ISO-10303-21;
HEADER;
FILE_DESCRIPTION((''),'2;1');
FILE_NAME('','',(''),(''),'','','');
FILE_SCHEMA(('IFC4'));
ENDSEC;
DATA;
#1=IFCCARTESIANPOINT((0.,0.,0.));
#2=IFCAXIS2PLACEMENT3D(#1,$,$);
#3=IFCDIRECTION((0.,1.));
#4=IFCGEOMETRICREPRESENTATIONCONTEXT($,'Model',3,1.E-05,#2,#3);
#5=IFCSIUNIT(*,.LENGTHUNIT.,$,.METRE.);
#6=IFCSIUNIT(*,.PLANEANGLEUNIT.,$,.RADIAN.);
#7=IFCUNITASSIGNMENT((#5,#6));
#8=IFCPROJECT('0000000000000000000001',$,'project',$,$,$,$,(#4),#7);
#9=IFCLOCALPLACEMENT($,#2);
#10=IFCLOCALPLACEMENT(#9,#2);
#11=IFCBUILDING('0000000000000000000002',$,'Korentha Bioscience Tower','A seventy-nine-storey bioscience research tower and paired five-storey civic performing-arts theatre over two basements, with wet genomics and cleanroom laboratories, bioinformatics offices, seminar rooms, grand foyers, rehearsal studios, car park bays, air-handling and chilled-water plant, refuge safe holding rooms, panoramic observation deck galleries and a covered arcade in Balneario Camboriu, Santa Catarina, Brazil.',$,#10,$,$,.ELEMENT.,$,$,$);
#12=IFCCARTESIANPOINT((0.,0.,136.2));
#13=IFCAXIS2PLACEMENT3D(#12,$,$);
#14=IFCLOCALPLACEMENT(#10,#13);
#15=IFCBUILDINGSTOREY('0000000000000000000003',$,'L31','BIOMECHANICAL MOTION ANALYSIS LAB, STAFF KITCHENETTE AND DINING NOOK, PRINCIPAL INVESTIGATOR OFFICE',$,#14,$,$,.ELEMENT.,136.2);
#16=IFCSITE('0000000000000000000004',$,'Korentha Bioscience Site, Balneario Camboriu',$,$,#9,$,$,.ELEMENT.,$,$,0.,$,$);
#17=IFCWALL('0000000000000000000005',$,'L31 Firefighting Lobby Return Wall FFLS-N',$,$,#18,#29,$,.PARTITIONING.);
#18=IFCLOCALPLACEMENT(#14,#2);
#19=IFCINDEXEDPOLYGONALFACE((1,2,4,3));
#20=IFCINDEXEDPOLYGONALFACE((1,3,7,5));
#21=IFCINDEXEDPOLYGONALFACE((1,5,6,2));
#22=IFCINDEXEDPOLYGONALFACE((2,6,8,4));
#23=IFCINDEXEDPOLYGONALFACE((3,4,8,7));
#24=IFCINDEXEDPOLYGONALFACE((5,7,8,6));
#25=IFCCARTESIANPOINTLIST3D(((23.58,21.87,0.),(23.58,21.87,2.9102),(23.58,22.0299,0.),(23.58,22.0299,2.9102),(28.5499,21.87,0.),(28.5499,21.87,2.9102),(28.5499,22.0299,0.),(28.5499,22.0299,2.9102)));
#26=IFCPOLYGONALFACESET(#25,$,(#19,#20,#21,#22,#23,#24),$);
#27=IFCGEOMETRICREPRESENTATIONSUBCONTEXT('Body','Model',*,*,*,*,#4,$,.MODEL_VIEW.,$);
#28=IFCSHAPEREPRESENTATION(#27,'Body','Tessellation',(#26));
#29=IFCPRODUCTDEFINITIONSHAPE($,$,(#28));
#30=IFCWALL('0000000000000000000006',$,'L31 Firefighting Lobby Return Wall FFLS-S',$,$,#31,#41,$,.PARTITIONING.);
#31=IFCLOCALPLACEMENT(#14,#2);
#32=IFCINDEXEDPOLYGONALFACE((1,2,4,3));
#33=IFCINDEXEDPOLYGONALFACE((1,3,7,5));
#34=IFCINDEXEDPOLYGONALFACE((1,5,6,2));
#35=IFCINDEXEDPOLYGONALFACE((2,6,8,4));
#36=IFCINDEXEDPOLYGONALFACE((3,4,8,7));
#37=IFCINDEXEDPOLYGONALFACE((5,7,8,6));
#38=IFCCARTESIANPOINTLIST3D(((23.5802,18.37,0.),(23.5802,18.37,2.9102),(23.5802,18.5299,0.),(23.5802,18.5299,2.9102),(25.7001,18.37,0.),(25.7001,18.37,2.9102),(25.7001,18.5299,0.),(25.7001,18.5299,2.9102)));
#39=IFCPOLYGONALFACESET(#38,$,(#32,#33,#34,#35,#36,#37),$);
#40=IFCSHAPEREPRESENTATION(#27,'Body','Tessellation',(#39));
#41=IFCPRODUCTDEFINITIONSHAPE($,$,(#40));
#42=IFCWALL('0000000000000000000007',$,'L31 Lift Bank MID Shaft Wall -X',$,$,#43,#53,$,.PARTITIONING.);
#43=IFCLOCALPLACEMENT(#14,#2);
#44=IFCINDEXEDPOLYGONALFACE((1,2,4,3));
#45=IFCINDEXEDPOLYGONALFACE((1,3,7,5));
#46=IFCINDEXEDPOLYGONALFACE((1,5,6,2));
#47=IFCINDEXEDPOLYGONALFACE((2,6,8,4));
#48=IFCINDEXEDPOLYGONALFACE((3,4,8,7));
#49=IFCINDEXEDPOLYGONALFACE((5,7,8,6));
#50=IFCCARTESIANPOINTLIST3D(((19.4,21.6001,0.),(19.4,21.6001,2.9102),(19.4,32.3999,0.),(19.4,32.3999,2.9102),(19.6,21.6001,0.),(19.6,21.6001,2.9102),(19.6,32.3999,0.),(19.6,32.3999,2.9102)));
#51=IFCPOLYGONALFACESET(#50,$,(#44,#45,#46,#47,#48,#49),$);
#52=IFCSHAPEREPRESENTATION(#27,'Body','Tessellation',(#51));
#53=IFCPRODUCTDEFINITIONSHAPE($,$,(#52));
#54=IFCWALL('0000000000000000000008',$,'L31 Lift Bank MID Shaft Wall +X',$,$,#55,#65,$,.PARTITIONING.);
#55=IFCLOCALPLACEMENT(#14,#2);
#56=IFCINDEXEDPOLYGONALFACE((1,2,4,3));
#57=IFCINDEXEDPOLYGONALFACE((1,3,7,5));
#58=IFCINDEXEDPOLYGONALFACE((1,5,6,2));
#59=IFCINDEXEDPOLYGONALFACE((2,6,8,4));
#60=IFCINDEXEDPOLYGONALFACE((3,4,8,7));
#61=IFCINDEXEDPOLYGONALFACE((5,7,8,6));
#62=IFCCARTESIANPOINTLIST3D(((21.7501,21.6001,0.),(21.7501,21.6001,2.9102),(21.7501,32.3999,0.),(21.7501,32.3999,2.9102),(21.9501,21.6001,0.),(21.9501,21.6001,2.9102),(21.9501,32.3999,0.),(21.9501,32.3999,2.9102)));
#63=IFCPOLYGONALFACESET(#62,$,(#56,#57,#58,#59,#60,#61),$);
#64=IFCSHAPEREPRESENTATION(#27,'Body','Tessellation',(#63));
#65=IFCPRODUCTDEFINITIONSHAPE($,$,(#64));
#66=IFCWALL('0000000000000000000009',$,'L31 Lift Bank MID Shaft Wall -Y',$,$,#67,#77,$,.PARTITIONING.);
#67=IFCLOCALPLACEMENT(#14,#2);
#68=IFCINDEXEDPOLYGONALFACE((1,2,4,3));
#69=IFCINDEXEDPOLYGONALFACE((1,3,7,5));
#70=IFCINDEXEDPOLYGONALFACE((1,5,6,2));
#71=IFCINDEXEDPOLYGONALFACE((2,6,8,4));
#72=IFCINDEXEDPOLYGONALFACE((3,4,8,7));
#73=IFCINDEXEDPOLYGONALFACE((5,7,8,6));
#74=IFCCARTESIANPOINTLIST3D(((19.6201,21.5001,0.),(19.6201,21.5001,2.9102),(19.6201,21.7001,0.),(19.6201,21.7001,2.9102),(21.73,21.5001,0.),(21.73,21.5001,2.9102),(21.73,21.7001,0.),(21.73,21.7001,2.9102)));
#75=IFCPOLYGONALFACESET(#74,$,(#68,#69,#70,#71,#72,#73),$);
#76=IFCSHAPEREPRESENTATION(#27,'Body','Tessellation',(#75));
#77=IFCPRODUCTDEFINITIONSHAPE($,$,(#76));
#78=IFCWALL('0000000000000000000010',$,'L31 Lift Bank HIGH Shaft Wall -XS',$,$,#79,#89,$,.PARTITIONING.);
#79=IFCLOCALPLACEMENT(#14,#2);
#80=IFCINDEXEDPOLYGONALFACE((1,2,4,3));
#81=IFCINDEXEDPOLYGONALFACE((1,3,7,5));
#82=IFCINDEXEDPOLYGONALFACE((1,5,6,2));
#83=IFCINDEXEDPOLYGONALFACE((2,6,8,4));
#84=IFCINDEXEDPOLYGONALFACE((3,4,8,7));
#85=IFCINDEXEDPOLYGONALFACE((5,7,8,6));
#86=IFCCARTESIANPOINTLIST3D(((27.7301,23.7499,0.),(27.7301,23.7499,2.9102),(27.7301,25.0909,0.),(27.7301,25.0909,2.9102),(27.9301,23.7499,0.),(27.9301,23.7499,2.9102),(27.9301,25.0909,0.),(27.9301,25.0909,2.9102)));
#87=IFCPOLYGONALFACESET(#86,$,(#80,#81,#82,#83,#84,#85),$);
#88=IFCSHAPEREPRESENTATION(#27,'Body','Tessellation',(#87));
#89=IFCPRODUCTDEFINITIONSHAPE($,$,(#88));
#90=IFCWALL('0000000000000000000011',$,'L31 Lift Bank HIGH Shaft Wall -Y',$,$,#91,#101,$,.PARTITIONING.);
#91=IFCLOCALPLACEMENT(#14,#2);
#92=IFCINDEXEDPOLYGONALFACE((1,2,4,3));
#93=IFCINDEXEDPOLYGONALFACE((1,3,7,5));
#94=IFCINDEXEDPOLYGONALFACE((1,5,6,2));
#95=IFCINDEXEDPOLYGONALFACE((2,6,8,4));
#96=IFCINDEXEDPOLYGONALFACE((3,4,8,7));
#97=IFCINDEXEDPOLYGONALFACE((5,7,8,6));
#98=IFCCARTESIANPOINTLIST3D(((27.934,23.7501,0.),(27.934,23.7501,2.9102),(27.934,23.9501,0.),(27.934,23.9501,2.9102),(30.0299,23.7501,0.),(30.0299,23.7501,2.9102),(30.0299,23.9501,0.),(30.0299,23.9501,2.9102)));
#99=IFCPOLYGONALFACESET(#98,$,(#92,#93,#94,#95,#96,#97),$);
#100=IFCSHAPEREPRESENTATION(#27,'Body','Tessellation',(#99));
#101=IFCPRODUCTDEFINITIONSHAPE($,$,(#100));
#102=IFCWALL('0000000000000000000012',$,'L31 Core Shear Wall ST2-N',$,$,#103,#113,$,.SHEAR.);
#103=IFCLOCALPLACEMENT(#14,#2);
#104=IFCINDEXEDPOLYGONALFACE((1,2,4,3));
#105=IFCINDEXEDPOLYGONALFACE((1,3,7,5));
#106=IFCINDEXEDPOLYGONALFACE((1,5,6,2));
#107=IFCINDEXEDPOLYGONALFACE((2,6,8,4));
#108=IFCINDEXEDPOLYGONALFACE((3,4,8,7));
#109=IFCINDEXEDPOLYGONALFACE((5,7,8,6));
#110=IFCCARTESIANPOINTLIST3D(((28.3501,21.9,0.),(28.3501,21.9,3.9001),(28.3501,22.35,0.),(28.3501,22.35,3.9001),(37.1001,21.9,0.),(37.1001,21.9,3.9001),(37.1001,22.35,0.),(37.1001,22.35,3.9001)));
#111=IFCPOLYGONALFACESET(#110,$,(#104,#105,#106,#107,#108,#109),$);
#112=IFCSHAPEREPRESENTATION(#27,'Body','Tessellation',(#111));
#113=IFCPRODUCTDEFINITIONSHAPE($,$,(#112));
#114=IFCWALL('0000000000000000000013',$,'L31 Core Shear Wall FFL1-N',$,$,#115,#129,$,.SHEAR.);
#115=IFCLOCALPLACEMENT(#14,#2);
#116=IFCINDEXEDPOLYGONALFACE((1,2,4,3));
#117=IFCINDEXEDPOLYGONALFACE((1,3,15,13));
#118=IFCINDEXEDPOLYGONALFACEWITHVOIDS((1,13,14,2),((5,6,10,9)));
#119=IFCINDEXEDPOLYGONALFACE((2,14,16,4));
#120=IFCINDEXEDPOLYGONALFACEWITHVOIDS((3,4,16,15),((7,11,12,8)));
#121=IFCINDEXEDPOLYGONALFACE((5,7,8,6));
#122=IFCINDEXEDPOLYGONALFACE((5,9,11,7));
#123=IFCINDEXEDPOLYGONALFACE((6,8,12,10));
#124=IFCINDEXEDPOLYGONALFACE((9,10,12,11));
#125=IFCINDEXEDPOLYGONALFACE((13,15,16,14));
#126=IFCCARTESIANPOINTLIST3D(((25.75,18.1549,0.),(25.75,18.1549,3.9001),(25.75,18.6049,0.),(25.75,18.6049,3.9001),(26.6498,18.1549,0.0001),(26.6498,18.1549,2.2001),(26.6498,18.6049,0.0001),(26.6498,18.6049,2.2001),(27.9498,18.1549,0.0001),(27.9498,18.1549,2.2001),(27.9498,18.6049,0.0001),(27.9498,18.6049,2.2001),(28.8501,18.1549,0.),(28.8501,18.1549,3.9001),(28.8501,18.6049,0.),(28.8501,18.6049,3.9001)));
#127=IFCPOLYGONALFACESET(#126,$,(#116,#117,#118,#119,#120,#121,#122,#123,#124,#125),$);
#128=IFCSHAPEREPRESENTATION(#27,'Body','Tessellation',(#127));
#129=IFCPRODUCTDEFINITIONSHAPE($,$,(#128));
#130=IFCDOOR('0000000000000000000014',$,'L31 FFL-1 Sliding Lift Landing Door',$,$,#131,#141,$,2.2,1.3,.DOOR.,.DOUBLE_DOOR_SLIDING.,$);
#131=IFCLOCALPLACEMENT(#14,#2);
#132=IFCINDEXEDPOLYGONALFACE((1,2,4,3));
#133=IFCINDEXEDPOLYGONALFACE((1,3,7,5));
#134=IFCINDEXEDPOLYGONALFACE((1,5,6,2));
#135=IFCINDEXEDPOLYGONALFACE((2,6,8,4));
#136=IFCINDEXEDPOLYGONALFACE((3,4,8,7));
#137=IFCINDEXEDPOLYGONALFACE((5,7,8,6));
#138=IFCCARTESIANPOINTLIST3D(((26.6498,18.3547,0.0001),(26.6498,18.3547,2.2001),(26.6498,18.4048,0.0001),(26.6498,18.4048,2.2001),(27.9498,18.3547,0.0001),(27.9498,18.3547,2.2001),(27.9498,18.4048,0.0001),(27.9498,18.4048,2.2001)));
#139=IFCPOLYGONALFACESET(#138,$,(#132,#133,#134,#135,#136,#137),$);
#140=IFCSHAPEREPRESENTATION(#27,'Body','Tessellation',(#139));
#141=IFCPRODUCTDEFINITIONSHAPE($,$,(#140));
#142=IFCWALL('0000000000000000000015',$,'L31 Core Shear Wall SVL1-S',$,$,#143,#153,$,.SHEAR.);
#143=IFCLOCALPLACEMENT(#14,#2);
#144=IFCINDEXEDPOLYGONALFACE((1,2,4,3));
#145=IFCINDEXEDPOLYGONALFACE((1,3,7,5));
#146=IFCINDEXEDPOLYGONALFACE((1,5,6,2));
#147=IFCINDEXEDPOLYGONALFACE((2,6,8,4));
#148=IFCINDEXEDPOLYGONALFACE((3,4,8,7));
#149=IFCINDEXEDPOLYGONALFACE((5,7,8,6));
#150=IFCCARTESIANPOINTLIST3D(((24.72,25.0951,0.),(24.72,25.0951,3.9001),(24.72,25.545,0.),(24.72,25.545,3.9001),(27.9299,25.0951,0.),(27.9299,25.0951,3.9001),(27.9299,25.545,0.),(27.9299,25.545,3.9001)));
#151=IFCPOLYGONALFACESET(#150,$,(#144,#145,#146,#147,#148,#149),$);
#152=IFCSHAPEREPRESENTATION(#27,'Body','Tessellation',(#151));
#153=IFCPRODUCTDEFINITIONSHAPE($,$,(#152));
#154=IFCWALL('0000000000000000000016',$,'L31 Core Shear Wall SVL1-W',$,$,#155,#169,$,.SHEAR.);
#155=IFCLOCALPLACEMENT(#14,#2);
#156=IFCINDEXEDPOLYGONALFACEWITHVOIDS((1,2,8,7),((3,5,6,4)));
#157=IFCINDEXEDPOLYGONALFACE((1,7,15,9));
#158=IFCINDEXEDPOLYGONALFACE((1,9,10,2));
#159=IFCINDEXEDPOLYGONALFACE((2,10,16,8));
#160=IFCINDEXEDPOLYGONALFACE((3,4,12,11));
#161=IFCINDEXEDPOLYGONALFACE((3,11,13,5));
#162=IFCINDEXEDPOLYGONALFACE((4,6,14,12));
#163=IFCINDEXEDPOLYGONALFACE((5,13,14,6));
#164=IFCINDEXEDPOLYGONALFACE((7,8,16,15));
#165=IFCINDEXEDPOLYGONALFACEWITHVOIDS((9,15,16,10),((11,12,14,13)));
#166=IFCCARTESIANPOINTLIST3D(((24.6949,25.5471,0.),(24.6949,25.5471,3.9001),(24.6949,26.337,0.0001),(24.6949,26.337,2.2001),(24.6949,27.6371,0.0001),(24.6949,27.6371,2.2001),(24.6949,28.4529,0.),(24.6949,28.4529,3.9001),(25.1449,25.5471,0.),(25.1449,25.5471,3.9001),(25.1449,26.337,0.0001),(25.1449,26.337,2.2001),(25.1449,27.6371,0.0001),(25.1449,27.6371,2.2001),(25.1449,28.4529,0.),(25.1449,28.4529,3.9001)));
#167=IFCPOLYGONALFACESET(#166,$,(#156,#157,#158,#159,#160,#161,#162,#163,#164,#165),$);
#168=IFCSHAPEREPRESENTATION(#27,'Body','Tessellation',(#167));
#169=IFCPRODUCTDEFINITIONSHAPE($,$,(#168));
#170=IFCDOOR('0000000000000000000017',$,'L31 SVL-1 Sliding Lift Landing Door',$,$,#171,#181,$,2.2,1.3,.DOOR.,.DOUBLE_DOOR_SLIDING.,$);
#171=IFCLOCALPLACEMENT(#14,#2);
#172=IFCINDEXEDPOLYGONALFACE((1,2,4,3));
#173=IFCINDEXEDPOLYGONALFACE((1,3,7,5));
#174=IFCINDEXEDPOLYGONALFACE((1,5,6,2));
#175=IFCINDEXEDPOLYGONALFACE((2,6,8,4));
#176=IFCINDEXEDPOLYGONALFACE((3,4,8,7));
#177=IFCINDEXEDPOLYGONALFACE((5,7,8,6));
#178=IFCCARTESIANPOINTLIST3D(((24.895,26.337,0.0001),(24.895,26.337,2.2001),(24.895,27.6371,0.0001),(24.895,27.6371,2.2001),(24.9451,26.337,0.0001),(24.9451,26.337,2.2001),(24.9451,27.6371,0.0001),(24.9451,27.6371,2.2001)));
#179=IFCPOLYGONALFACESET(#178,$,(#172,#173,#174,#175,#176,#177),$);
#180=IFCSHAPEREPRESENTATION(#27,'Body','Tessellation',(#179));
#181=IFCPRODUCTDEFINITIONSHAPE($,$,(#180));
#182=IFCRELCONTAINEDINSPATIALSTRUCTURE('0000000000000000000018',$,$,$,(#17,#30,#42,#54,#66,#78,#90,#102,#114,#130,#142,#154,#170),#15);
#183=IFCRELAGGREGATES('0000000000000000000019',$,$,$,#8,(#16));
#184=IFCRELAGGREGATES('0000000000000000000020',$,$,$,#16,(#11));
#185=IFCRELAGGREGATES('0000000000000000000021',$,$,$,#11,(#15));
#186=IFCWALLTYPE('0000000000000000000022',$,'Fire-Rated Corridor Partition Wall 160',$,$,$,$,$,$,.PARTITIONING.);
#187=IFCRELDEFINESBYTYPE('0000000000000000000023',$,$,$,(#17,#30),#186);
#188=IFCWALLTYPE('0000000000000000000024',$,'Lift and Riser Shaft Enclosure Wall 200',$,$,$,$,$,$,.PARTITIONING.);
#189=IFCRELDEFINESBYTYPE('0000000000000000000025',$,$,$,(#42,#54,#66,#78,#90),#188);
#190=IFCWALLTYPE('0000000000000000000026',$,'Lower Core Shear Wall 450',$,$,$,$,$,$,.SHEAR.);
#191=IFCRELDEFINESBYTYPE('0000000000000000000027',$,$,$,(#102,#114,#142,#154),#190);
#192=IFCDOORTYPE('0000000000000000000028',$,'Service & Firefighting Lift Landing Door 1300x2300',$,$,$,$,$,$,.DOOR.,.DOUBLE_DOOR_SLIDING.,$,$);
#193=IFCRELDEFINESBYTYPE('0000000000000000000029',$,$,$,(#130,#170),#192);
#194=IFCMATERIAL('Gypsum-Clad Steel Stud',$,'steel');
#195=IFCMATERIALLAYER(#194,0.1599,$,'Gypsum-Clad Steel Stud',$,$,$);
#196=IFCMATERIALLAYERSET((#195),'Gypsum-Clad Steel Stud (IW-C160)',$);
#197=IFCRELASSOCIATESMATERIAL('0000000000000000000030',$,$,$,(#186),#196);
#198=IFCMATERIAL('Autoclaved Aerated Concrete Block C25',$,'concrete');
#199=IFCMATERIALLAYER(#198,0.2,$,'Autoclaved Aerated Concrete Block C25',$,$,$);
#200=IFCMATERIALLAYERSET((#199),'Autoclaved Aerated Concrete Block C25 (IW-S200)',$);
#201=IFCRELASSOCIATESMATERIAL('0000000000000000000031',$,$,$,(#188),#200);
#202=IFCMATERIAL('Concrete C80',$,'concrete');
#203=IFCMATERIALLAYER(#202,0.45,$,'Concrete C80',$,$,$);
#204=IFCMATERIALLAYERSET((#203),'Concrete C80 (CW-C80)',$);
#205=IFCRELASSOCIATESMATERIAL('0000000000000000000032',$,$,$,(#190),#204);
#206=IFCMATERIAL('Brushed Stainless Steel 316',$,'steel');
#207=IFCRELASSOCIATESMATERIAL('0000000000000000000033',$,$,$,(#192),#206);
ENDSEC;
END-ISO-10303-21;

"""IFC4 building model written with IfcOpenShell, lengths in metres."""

from ifc_helpers import new_model, si_unit, direction, frame, frame_2d, origin, place, context, subcontext, project, spatial, rectangle, extrude, material, layer, layer_set, type_object, element, fill, save


model = new_model("IFC4")

# Units and contexts
model_context = context("Model", 3, precision=1e-05, world=origin(), true_north=direction((0.0, 1.0)))
body_context = subcontext(model_context, "Body", "Model", "MODEL_VIEW")
ifc_project = project(units=[si_unit("LENGTHUNIT", "METRE"), si_unit("PLANEANGLEUNIT", "RADIAN")], contexts=[model_context])

# Site, building, storey
site_placement = place(None, origin())
site = spatial("IfcSite", under=ifc_project, at=site_placement, Name="Korentha Bioscience Site, Balneario Camboriu", CompositionType="ELEMENT", RefElevation=0.0)
building_placement = place(site_placement, origin())
building = spatial("IfcBuilding", under=site, at=building_placement, Name="Korentha Bioscience Tower", Description="A seventy-nine-storey bioscience research tower and paired five-storey civic performing-arts theatre over two basements, with wet genomics and cleanroom laboratories, bioinformatics offices, seminar rooms, grand foyers, rehearsal studios, car park bays, air-handling and chilled-water plant, refuge safe holding rooms, panoramic observation deck galleries and a covered arcade in Balneario Camboriu, Santa Catarina, Brazil.", CompositionType="ELEMENT")
storey_placement = place(building_placement, frame((0.0, 0.0, 136.2)))
storey = spatial("IfcBuildingStorey", under=building, at=storey_placement, Name="L31", Description="BIOMECHANICAL MOTION ANALYSIS LAB, STAFF KITCHENETTE AND DINING NOOK, PRINCIPAL INVESTIGATOR OFFICE", CompositionType="ELEMENT", Elevation=136.2)

# Shared definitions
ifc_material_1 = material(Name="Concrete C80", Category="concrete")

# Shared definitions
ifc_material_2 = material(Name="Gypsum-Clad Steel Stud", Category="steel")
ifc_layer_1 = layer(ifc_material_2, 0.1599, Name="Gypsum-Clad Steel Stud")
ifc_layer_set_1 = layer_set([ifc_layer_1], Name="Gypsum-Clad Steel Stud (IW-C160)")
wall_type_1 = type_object("IfcWallType", Name="Fire-Rated Corridor Partition Wall 160", PredefinedType="PARTITIONING", material=ifc_layer_set_1)

# Walls
wall_1_placement = place(storey_placement, frame((23.5801, 21.95, 0.0), z_axis=(0.0, 0.0, 1.0), x_axis=(1.0, 0.0, 0.0)))
element("IfcWall", 1, at=wall_1_placement, inside=storey, type_object=wall_type_1, Name="L31 Firefighting Lobby Return Wall FFLS-N", PredefinedType="PARTITIONING", context=body_context, shape_type="SweptSolid", body=[
    extrude(rectangle(XDim=4.97, YDim=0.1599, at=frame_2d((2.4849, 0.0))), origin(), (0.0, 0.0, 1.0), 2.9102),
])
wall_2_placement = place(storey_placement, frame((23.5801, 18.45, 0.0), z_axis=(0.0, 0.0, 1.0), x_axis=(1.0, 0.0, 0.0)))
element("IfcWall", 2, at=wall_2_placement, inside=storey, type_object=wall_type_1, Name="L31 Firefighting Lobby Return Wall FFLS-S", PredefinedType="PARTITIONING", context=body_context, shape_type="SweptSolid", body=[
    extrude(rectangle(XDim=2.1199, YDim=0.1599, at=frame_2d((1.0601, 0.0))), origin(), (0.0, 0.0, 1.0), 2.9102),
])
ifc_material_3 = material(Name="Autoclaved Aerated Concrete Block C25", Category="concrete")
ifc_layer_2 = layer(ifc_material_3, 0.2, Name="Autoclaved Aerated Concrete Block C25")
ifc_layer_set_2 = layer_set([ifc_layer_2], Name="Autoclaved Aerated Concrete Block C25 (IW-S200)")
wall_type_2 = type_object("IfcWallType", Name="Lift and Riser Shaft Enclosure Wall 200", PredefinedType="PARTITIONING", material=ifc_layer_set_2)
for number, where, z_axis, x_axis, name in (
    (3, (19.5, 21.6001, 0.0), (0.0, 0.0, 1.0), (0.0, 1.0, 0.0), "L31 Lift Bank MID Shaft Wall -X"),
    (4, (21.8501, 21.6001, 0.0), (0.0, 0.0, 1.0), (0.0, 1.0, 0.0), "L31 Lift Bank MID Shaft Wall +X"),
):
    element("IfcWall", number, at=place(storey_placement, frame(where, z_axis=z_axis, x_axis=x_axis)), inside=storey, type_object=wall_type_2, Name=name, PredefinedType="PARTITIONING", context=body_context, shape_type="SweptSolid", body=[
        extrude(rectangle(XDim=10.7998, YDim=0.2, at=frame_2d((5.3999, 0.0))), origin(), (0.0, 0.0, 1.0), 2.9102),
    ])
wall_3_placement = place(storey_placement, frame((19.6201, 21.6001, 0.0), z_axis=(0.0, 0.0, 1.0), x_axis=(1.0, 0.0, 0.0)))
element("IfcWall", 5, at=wall_3_placement, inside=storey, type_object=wall_type_2, Name="L31 Lift Bank MID Shaft Wall -Y", PredefinedType="PARTITIONING", context=body_context, shape_type="SweptSolid", body=[
    extrude(rectangle(XDim=2.1099, YDim=0.2, at=frame_2d((1.0549, 0.0))), origin(), (0.0, 0.0, 1.0), 2.9102),
])
wall_4_placement = place(storey_placement, frame((27.8301, 23.75, 0.0), z_axis=(0.0, 0.0, 1.0), x_axis=(0.0, 1.0, 0.0)))
element("IfcWall", 6, at=wall_4_placement, inside=storey, type_object=wall_type_2, Name="L31 Lift Bank HIGH Shaft Wall -XS", PredefinedType="PARTITIONING", context=body_context, shape_type="SweptSolid", body=[
    extrude(rectangle(XDim=1.3411, YDim=0.2, at=frame_2d((0.6704, 0.0))), origin(), (0.0, 0.0, 1.0), 2.9102),
])
wall_5_placement = place(storey_placement, frame((27.9341, 23.8501, 0.0), z_axis=(0.0, 0.0, 1.0), x_axis=(1.0, 0.0, 0.0)))
element("IfcWall", 7, at=wall_5_placement, inside=storey, type_object=wall_type_2, Name="L31 Lift Bank HIGH Shaft Wall -Y", PredefinedType="PARTITIONING", context=body_context, shape_type="SweptSolid", body=[
    extrude(rectangle(XDim=2.0959, YDim=0.2, at=frame_2d((1.0479, 0.0))), origin(), (0.0, 0.0, 1.0), 2.9102),
])
ifc_layer_3 = layer(ifc_material_1, 0.45, Name="Concrete C80")
ifc_layer_set_3 = layer_set([ifc_layer_3], Name="Concrete C80 (CW-C80)")
wall_type_3 = type_object("IfcWallType", Name="Lower Core Shear Wall 450", PredefinedType="SHEAR", material=ifc_layer_set_3)
wall_6_placement = place(storey_placement, frame((28.3501, 22.125, 0.0), z_axis=(0.0, 0.0, 1.0), x_axis=(1.0, 0.0, 0.0)))
element("IfcWall", 8, at=wall_6_placement, inside=storey, type_object=wall_type_3, Name="L31 Core Shear Wall ST2-N", PredefinedType="SHEAR", context=body_context, shape_type="SweptSolid", body=[
    extrude(rectangle(XDim=8.75, YDim=0.45, at=frame_2d((4.375, 0.0))), origin(), (0.0, 0.0, 1.0), 3.9001),
])

# Wall, opening, door
wall_7_placement = place(storey_placement, frame((25.75, 18.3799, 0.0), z_axis=(0.0, 0.0, 1.0), x_axis=(1.0, 0.0, 0.0)))
wall_7 = element("IfcWall", 9, at=wall_7_placement, inside=storey, type_object=wall_type_3, Name="L31 Core Shear Wall FFL1-N", PredefinedType="SHEAR", context=body_context, shape_type="SweptSolid", body=[
    extrude(rectangle(XDim=3.1001, YDim=0.45, at=frame_2d((1.55, 0.0))), origin(), (0.0, 0.0, 1.0), 3.9001),
])
opening_1_placement = place(wall_7_placement, frame((0.8999, 0.0, 0.0)))
opening_1 = element("IfcOpeningElement", 10, at=opening_1_placement, cuts=wall_7, PredefinedType="OPENING", context=body_context, shape_type="SweptSolid", body=[
    extrude(rectangle(XDim=1.3, YDim=2.2, at=frame_2d((0.6499, 1.1001))), frame((0.0, 0.2397, 0.0), z_axis=(0.0, -1.0, 0.0), x_axis=(1.0, 0.0, 0.0)), (0.0, 0.0, 1.0), 0.4797),
])
ifc_material_4 = material(Name="Brushed Stainless Steel 316", Category="steel")
door_type_1 = type_object("IfcDoorType", Name="Service & Firefighting Lift Landing Door 1300x2300", OperationType="DOUBLE_DOOR_SLIDING", PredefinedType="DOOR", material=ifc_material_4)
door_1_placement = place(opening_1_placement, origin())
door_1 = element("IfcDoor", 11, at=door_1_placement, inside=storey, type_object=door_type_1, Name="L31 FFL-1 Sliding Lift Landing Door", OperationType="DOUBLE_DOOR_SLIDING", OverallHeight=2.2, OverallWidth=1.3, PredefinedType="DOOR", context=body_context, shape_type="SweptSolid", body=[
    extrude(rectangle(XDim=1.3, YDim=2.2, at=frame_2d((0.6499, 1.1001))), frame((0.0, 0.0249, 0.0), z_axis=(0.0, -1.0, 0.0), x_axis=(1.0, 0.0, 0.0)), (0.0, 0.0, 1.0), 0.05),
])
fill(opening_1, door_1)

# Wall
wall_8_placement = place(storey_placement, frame((24.72, 25.3201, 0.0), z_axis=(0.0, 0.0, 1.0), x_axis=(1.0, 0.0, 0.0)))
element("IfcWall", 12, at=wall_8_placement, inside=storey, type_object=wall_type_3, Name="L31 Core Shear Wall SVL1-S", PredefinedType="SHEAR", context=body_context, shape_type="SweptSolid", body=[
    extrude(rectangle(XDim=3.21, YDim=0.45, at=frame_2d((1.605, 0.0))), origin(), (0.0, 0.0, 1.0), 3.9001),
])

# Wall, opening, door
wall_9_placement = place(storey_placement, frame((24.9199, 25.5471, 0.0), z_axis=(0.0, 0.0, 1.0), x_axis=(0.0, 1.0, 0.0)))
wall_9 = element("IfcWall", 13, at=wall_9_placement, inside=storey, type_object=wall_type_3, Name="L31 Core Shear Wall SVL1-W", PredefinedType="SHEAR", context=body_context, shape_type="SweptSolid", body=[
    extrude(rectangle(XDim=2.9058, YDim=0.45, at=frame_2d((1.4529, 0.0))), origin(), (0.0, 0.0, 1.0), 3.9001),
])
opening_2_placement = place(wall_9_placement, frame((0.79, 0.0, 0.0)))
opening_2 = element("IfcOpeningElement", 14, at=opening_2_placement, cuts=wall_9, PredefinedType="OPENING", context=body_context, shape_type="SweptSolid", body=[
    extrude(rectangle(XDim=1.3, YDim=2.2, at=frame_2d((0.6499, 1.1001))), frame((0.0, 0.2397, 0.0), z_axis=(0.0, -1.0, 0.0), x_axis=(1.0, 0.0, 0.0)), (0.0, 0.0, 1.0), 0.4797),
])
door_2_placement = place(opening_2_placement, origin())
door_2 = element("IfcDoor", 15, at=door_2_placement, inside=storey, type_object=door_type_1, Name="L31 SVL-1 Sliding Lift Landing Door", OperationType="DOUBLE_DOOR_SLIDING", OverallHeight=2.2, OverallWidth=1.3, PredefinedType="DOOR", context=body_context, shape_type="SweptSolid", body=[
    extrude(rectangle(XDim=1.3, YDim=2.2, at=frame_2d((0.6499, 1.1001))), frame((0.0, 0.0249, 0.0), z_axis=(0.0, -1.0, 0.0), x_axis=(1.0, 0.0, 0.0)), (0.0, 0.0, 1.0), 0.05),
])
fill(opening_2, door_2)

save(model, "model.ifc")
